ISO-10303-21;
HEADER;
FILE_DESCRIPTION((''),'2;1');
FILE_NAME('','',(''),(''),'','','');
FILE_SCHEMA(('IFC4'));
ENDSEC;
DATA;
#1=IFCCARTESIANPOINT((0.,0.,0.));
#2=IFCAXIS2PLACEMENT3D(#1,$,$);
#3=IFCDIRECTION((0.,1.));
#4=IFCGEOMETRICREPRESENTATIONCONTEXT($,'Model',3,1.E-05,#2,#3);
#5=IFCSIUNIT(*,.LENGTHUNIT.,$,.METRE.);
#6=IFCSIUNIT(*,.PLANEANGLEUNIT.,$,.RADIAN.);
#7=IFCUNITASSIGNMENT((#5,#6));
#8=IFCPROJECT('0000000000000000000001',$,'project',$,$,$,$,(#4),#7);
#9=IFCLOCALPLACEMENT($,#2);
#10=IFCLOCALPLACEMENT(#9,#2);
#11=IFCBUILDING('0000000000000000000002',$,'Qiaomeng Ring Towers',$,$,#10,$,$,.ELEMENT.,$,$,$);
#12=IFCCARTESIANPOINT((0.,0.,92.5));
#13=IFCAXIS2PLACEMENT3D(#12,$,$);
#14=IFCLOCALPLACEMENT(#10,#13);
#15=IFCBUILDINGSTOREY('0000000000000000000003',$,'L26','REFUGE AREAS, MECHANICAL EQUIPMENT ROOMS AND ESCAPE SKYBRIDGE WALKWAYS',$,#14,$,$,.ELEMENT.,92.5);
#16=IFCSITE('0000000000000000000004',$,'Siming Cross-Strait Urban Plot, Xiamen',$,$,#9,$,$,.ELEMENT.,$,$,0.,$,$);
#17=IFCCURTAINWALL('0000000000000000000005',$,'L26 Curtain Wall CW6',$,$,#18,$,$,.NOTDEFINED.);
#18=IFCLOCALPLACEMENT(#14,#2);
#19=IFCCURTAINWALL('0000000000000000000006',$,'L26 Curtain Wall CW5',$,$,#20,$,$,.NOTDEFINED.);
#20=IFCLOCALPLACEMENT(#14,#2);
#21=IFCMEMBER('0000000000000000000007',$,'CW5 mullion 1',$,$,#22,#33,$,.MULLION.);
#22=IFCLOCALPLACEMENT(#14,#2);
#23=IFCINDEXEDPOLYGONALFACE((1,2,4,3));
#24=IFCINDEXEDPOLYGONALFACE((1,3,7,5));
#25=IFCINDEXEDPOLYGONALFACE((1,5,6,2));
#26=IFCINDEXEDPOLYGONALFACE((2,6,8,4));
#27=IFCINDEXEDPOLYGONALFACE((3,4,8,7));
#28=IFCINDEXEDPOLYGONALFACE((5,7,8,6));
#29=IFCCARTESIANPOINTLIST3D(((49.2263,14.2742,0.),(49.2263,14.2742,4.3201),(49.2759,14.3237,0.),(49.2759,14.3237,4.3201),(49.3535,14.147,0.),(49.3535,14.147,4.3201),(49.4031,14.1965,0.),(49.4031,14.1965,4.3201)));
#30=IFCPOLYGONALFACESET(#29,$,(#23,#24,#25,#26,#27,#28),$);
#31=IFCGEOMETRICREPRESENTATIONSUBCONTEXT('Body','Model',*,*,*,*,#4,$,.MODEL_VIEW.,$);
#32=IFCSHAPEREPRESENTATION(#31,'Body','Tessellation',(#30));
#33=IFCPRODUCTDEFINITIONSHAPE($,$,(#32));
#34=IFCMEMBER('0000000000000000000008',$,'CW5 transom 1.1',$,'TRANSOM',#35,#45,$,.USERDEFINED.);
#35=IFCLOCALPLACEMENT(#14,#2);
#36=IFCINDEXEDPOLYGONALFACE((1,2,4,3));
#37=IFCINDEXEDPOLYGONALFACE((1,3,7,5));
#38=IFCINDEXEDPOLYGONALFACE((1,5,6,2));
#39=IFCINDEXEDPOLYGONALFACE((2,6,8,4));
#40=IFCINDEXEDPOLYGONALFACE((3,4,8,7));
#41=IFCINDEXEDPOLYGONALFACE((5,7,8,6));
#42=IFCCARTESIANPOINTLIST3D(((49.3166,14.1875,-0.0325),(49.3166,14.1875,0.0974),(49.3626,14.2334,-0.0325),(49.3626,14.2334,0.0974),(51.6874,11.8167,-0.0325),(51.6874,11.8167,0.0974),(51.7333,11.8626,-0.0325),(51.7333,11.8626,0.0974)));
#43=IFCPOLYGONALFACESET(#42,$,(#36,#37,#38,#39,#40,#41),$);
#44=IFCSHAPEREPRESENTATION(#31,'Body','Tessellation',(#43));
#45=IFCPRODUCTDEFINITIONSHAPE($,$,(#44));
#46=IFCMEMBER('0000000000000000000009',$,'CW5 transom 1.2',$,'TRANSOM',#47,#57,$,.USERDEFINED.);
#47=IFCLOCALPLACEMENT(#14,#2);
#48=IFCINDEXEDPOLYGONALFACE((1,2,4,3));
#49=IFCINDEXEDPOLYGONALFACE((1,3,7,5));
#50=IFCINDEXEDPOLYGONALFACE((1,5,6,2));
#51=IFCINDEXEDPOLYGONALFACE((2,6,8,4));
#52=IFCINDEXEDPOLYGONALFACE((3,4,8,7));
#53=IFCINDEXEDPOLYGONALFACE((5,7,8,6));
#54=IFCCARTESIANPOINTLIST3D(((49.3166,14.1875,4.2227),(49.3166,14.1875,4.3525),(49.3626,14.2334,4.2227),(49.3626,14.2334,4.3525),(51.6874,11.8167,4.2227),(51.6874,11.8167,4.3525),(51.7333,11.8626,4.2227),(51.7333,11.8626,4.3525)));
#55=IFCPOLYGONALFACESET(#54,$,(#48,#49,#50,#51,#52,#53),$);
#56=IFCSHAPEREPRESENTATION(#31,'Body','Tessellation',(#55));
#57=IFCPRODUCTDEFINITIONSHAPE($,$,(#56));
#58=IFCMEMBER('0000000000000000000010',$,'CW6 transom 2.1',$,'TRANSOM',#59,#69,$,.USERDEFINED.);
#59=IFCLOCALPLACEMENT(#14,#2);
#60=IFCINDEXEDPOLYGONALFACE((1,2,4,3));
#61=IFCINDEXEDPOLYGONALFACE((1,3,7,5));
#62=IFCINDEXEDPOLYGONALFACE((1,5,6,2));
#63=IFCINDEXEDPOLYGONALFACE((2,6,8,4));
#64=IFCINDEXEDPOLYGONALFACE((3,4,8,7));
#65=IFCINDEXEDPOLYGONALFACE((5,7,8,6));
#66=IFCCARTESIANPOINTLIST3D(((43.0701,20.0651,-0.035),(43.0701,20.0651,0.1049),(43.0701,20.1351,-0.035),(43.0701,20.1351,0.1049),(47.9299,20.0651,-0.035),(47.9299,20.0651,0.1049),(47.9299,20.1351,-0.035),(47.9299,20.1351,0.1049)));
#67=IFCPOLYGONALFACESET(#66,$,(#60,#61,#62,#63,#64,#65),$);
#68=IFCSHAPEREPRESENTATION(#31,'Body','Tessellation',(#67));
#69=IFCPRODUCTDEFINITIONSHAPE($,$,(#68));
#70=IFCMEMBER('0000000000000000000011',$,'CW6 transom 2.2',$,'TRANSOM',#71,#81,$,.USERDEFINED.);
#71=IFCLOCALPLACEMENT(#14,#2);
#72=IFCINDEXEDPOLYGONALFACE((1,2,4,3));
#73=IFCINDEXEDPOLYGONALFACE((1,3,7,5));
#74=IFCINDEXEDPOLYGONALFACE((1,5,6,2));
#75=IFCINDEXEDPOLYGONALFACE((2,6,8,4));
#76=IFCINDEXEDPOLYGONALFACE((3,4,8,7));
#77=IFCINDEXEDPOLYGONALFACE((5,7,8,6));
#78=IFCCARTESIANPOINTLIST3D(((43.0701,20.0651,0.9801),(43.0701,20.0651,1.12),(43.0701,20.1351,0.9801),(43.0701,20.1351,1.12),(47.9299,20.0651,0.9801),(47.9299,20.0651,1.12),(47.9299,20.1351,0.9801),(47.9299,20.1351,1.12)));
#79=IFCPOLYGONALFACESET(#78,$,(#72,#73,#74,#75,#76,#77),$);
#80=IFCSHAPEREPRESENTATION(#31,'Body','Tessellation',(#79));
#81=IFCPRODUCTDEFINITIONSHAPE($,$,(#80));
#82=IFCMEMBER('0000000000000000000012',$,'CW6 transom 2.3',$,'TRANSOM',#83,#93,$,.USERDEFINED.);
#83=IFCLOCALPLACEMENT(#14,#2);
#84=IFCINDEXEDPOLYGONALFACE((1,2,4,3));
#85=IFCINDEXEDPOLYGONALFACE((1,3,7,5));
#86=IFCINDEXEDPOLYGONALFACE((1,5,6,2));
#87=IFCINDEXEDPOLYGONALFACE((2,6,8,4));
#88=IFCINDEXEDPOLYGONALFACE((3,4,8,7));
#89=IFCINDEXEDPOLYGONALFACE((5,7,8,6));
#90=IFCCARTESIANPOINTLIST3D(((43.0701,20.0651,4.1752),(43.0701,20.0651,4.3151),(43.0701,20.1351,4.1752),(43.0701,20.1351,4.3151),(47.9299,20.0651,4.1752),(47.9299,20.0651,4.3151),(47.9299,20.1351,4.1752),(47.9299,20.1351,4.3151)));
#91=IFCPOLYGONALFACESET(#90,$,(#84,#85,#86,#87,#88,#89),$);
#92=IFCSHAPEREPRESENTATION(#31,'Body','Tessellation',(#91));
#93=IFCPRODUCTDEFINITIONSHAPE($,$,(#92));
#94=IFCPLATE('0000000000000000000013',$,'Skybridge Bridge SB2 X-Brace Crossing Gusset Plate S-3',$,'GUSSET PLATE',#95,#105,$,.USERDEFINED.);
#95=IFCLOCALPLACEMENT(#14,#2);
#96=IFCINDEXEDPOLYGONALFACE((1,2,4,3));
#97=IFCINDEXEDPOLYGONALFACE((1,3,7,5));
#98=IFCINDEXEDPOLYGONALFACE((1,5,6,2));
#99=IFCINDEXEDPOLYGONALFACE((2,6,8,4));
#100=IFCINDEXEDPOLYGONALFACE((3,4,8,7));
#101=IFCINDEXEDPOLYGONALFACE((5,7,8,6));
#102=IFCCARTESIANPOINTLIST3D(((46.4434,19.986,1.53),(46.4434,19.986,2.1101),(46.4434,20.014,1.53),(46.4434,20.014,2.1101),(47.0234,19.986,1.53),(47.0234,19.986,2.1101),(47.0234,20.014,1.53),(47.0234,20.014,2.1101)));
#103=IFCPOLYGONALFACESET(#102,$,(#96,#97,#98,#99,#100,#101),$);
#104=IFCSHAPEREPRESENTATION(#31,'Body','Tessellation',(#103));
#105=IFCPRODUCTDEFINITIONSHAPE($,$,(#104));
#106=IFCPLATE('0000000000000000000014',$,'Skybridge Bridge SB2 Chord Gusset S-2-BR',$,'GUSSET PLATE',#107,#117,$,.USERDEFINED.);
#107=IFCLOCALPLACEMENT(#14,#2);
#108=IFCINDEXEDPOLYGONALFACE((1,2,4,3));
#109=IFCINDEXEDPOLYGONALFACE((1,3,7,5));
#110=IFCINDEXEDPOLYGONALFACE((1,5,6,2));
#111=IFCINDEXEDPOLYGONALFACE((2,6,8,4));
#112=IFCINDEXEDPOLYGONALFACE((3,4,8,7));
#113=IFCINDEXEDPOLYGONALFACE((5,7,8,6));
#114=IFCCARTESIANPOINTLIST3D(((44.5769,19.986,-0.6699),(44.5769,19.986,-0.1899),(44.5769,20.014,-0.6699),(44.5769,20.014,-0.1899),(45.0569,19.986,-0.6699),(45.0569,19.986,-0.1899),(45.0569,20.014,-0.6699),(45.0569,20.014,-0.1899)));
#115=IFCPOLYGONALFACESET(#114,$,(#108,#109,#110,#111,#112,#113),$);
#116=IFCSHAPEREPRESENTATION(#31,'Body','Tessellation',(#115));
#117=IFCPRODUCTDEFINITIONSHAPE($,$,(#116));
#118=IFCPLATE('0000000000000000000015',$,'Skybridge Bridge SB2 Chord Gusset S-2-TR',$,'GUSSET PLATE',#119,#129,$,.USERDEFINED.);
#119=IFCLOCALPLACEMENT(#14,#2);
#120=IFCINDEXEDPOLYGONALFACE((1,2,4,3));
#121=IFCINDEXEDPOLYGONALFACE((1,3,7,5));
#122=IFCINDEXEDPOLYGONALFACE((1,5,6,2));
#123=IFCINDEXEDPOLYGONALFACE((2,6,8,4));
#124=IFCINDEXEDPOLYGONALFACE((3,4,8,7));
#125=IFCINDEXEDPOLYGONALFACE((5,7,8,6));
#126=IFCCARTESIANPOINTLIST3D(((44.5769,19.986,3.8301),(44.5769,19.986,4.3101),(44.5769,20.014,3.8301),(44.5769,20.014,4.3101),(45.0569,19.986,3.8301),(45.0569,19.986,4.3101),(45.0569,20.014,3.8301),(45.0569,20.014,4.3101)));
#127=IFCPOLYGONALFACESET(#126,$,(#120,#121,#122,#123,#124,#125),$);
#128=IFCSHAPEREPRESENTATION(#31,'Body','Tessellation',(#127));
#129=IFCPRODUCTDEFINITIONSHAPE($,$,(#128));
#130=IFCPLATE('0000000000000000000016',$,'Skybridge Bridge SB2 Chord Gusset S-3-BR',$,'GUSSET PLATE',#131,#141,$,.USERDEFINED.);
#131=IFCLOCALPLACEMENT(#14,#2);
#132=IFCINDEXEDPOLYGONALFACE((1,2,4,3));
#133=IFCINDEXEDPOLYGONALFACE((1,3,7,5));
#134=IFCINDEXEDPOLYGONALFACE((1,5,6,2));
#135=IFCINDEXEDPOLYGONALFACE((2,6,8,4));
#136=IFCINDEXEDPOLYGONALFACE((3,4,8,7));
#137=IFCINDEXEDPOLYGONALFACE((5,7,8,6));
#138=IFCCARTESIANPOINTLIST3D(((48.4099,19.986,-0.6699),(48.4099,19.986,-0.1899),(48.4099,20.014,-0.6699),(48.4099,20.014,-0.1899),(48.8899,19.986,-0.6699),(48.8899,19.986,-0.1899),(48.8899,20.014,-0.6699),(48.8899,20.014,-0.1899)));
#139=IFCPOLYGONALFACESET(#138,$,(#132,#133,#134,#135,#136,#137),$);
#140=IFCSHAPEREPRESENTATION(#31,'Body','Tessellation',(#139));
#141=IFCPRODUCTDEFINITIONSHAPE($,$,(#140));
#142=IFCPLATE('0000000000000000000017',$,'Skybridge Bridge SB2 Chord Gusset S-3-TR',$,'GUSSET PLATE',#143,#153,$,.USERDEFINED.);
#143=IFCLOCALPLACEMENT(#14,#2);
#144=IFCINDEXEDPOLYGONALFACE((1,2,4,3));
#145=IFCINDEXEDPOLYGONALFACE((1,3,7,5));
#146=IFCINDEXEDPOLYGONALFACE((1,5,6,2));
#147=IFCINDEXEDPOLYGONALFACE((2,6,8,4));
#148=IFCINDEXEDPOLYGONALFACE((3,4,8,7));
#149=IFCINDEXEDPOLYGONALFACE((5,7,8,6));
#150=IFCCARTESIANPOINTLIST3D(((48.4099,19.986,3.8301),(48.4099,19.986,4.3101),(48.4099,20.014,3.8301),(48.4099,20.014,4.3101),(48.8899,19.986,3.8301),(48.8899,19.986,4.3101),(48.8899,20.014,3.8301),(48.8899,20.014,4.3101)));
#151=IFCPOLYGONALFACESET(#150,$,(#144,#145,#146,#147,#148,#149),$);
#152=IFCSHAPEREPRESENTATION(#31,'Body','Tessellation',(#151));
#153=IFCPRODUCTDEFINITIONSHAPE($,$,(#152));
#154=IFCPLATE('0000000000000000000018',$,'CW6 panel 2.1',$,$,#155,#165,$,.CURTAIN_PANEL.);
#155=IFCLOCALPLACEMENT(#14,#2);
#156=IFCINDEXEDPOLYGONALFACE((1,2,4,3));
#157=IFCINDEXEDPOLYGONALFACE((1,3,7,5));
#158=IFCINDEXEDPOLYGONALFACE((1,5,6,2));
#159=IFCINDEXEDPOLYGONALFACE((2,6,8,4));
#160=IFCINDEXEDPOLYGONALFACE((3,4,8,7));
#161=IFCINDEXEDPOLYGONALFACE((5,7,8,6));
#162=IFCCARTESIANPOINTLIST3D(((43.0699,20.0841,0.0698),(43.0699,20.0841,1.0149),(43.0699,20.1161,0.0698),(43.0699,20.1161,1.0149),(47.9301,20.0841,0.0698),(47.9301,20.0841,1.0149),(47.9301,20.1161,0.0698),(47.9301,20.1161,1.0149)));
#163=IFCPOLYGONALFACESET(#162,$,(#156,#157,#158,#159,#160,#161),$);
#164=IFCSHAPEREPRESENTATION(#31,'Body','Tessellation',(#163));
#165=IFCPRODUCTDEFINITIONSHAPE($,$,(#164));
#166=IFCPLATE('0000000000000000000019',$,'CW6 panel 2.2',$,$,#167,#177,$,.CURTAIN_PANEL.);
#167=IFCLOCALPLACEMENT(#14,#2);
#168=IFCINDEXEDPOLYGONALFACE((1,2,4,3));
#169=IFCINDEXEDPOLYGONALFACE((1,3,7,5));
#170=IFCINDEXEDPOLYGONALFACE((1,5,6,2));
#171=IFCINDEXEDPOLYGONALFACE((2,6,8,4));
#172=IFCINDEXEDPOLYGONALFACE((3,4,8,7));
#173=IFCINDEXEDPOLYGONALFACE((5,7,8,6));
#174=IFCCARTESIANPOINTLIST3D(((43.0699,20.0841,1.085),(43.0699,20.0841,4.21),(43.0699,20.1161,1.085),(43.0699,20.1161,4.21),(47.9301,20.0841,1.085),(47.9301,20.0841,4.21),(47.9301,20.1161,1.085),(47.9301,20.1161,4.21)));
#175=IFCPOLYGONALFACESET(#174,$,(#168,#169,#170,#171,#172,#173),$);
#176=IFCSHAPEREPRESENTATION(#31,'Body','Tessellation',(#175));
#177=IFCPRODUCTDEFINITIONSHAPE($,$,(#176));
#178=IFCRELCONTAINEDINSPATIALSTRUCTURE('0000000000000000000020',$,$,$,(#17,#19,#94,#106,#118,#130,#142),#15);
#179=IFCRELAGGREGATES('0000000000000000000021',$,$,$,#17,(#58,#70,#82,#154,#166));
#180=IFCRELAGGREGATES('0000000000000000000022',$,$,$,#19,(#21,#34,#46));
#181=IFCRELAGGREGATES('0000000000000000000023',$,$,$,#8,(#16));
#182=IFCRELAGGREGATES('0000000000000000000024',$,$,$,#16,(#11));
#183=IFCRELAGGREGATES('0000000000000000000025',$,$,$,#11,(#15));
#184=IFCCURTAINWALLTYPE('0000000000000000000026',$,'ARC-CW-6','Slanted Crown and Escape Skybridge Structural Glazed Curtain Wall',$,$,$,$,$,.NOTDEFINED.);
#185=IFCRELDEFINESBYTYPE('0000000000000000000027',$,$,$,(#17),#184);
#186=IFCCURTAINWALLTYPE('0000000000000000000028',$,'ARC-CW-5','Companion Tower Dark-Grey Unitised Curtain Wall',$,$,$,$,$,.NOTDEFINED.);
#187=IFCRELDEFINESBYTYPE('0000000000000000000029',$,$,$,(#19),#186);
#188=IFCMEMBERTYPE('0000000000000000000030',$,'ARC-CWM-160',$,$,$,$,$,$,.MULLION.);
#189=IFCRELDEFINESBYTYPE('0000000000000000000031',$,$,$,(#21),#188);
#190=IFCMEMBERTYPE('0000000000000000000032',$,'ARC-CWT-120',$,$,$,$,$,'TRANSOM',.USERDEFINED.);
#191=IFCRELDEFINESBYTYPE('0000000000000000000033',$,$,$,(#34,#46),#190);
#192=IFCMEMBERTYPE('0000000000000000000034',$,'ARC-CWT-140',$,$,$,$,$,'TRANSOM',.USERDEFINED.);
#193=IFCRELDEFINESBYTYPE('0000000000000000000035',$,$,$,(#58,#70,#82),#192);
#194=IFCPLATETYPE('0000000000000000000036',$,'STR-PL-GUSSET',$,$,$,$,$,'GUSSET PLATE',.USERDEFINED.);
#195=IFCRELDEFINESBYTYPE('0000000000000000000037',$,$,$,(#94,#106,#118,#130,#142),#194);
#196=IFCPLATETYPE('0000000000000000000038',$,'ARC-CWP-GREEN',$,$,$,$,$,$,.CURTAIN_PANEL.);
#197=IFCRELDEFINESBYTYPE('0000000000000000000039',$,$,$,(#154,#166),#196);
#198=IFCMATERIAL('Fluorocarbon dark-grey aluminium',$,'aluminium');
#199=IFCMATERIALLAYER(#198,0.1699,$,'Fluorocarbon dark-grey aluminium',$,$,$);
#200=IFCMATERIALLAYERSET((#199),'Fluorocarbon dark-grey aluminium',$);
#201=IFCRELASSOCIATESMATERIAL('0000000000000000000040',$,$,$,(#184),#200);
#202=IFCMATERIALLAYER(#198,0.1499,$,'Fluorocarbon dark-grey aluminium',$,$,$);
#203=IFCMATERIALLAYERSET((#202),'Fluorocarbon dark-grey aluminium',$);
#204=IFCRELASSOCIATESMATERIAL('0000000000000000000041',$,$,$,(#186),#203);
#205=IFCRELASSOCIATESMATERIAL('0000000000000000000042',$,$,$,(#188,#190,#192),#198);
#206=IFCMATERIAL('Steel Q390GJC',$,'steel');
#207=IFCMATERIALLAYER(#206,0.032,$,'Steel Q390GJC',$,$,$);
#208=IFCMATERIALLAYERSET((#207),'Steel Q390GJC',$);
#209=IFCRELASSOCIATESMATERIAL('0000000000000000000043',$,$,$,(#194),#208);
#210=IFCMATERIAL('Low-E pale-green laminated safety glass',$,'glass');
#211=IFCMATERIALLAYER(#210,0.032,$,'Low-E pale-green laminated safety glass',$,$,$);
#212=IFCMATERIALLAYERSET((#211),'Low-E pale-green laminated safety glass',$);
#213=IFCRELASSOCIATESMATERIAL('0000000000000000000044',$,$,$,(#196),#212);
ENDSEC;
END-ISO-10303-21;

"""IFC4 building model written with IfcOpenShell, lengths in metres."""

from ifc_helpers import new_model, si_unit, direction, frame, origin, origin_2d, place, context, subcontext, project, spatial, rectangle, extrude, source, transform, mapped, material, layer, layer_set, material_profile, profile_set, type_object, element, aggregate, save


model = new_model("IFC4")

# Units and contexts
model_context = context("Model", 3, precision=1e-05, world=origin(), true_north=direction((0.0, 1.0)))
body_context = subcontext(model_context, "Body", "Model", "MODEL_VIEW")
ifc_project = project(units=[si_unit("LENGTHUNIT", "METRE"), si_unit("PLANEANGLEUNIT", "RADIAN")], contexts=[model_context])

# Site, building, storey
site_placement = place(None, origin())
site = spatial("IfcSite", under=ifc_project, at=site_placement, Name="Siming Cross-Strait Urban Plot, Xiamen", CompositionType="ELEMENT", RefElevation=0.0)
building_placement = place(site_placement, origin())
building = spatial("IfcBuilding", under=site, at=building_placement, Name="Qiaomeng Ring Towers", CompositionType="ELEMENT")
storey_placement = place(building_placement, frame((0.0, 0.0, 92.5)))
storey = spatial("IfcBuildingStorey", under=building, at=storey_placement, Name="L26", Description="REFUGE AREAS, MECHANICAL EQUIPMENT ROOMS AND ESCAPE SKYBRIDGE WALKWAYS", CompositionType="ELEMENT", Elevation=92.5)

# Shared definitions
ifc_material_1 = material(Name="Steel Q390GJC", Category="steel")

# Curtain walls, members
ifc_material_2 = material(Name="Fluorocarbon dark-grey aluminium", Category="aluminium")
ifc_layer_1 = layer(ifc_material_2, 0.1699, Name="Fluorocarbon dark-grey aluminium")
ifc_layer_set_1 = layer_set([ifc_layer_1], Name="Fluorocarbon dark-grey aluminium")
curtain_wall_type_1 = type_object("IfcCurtainWallType", Name="ARC-CW-6", Description="Slanted Crown and Escape Skybridge Structural Glazed Curtain Wall", PredefinedType="NOTDEFINED", material=ifc_layer_set_1)
curtain_wall_1_placement = place(storey_placement, origin())
curtain_wall_1 = element("IfcCurtainWall", 1, at=curtain_wall_1_placement, inside=storey, type_object=curtain_wall_type_1, Name="L26 Curtain Wall CW6", PredefinedType="NOTDEFINED")
ifc_layer_2 = layer(ifc_material_2, 0.1499, Name="Fluorocarbon dark-grey aluminium")
ifc_layer_set_2 = layer_set([ifc_layer_2], Name="Fluorocarbon dark-grey aluminium")
curtain_wall_type_2 = type_object("IfcCurtainWallType", Name="ARC-CW-5", Description="Companion Tower Dark-Grey Unitised Curtain Wall", PredefinedType="NOTDEFINED", material=ifc_layer_set_2)
curtain_wall_2_placement = place(storey_placement, origin())
curtain_wall_2 = element("IfcCurtainWall", 2, at=curtain_wall_2_placement, inside=storey, type_object=curtain_wall_type_2, Name="L26 Curtain Wall CW5", PredefinedType="NOTDEFINED")
ifc_material_profile_1 = material_profile(ifc_material_2, rectangle(XDim=0.0701, YDim=0.1799, at=origin_2d()), Name="ALU MULL 70x180")
ifc_profile_set_1 = profile_set([ifc_material_profile_1], Name="Fluorocarbon dark-grey aluminium")
member_type_1 = type_object("IfcMemberType", Name="ARC-CWM-160", PredefinedType="MULLION", material=ifc_profile_set_1)
shared_shape_1 = source(origin(), body_context, "Body", "SweptSolid", [
    extrude(rectangle(XDim=0.0701, YDim=0.1799, at=origin_2d()), origin(), (0.0, 0.0, 1.0), 4.3201),
])
member_1_placement = place(storey_placement, frame((49.3147, 14.2354, 0.0), z_axis=(0.0, 0.0, 1.0), x_axis=(0.707107, 0.707107, 0.0)))
member_1 = element("IfcMember", 3, at=member_1_placement, type_object=member_type_1, Name="CW5 mullion 1", PredefinedType="MULLION", context=body_context, shape_type="MappedRepresentation", body=[
    mapped(shared_shape_1, transform((0.0, 0.0, 0.0), x_axis=(1.0, 0.0, 0.0), y_axis=(0.0, 1.0, 0.0), z_axis=(0.0, 0.0, 1.0), scale=1.0)),
])
ifc_material_profile_2 = material_profile(ifc_material_2, rectangle(XDim=0.0649, YDim=0.1299, at=origin_2d()), Name="ALU TRAN 65x130")
ifc_profile_set_2 = profile_set([ifc_material_profile_2], Name="Fluorocarbon dark-grey aluminium")
member_type_2 = type_object("IfcMemberType", Name="ARC-CWT-120", ElementType="TRANSOM", PredefinedType="USERDEFINED", material=ifc_profile_set_2)
shared_shape_2 = source(origin(), body_context, "Body", "SweptSolid", [
    extrude(rectangle(XDim=0.0649, YDim=0.1299, at=origin_2d()), origin(), (0.0, 0.0, 1.0), 3.3528),
])
member_2_placement = place(storey_placement, frame((49.3396, 14.2104, 0.0325), z_axis=(0.707107, -0.707107, 0.0), x_axis=(0.707107, 0.707107, 0.0)))
member_2 = element("IfcMember", 4, at=member_2_placement, type_object=member_type_2, Name="CW5 transom 1.1", ObjectType="TRANSOM", PredefinedType="USERDEFINED", context=body_context, shape_type="MappedRepresentation", body=[
    mapped(shared_shape_2, transform((0.0, 0.0, 0.0), x_axis=(1.0, 0.0, 0.0), y_axis=(0.0, 1.0, 0.0), z_axis=(0.0, 0.0, 1.0), scale=1.0)),
])
member_3_placement = place(storey_placement, frame((49.3396, 14.2104, 4.2876), z_axis=(0.707107, -0.707107, 0.0), x_axis=(0.707107, 0.707107, 0.0)))
member_3 = element("IfcMember", 5, at=member_3_placement, type_object=member_type_2, Name="CW5 transom 1.2", ObjectType="TRANSOM", PredefinedType="USERDEFINED", context=body_context, shape_type="MappedRepresentation", body=[
    mapped(shared_shape_2, transform((0.0, 0.0, 0.0), x_axis=(1.0, 0.0, 0.0), y_axis=(0.0, 1.0, 0.0), z_axis=(0.0, 0.0, 1.0), scale=1.0)),
])

# Members
ifc_material_profile_3 = material_profile(ifc_material_2, rectangle(XDim=0.0701, YDim=0.1399, at=origin_2d()), Name="ALU TRAN 70x140")
ifc_profile_set_3 = profile_set([ifc_material_profile_3], Name="Fluorocarbon dark-grey aluminium")
member_type_3 = type_object("IfcMemberType", Name="ARC-CWT-140", ElementType="TRANSOM", PredefinedType="USERDEFINED", material=ifc_profile_set_3)
shared_shape_3 = source(origin(), body_context, "Body", "SweptSolid", [
    extrude(rectangle(XDim=0.0701, YDim=0.1399, at=origin_2d()), origin(), (0.0, 0.0, 1.0), 4.8599),
])
member_4_placement = place(storey_placement, frame((43.0701, 20.1001, 0.0349), z_axis=(1.0, 0.0, 0.0), x_axis=(0.0, 1.0, 0.0)))
member_4 = element("IfcMember", 6, at=member_4_placement, type_object=member_type_3, Name="CW6 transom 2.1", ObjectType="TRANSOM", PredefinedType="USERDEFINED", context=body_context, shape_type="MappedRepresentation", body=[
    mapped(shared_shape_3, transform((0.0, 0.0, 0.0), x_axis=(1.0, 0.0, 0.0), y_axis=(0.0, 1.0, 0.0), z_axis=(0.0, 0.0, 1.0), scale=1.0)),
])
member_5_placement = place(storey_placement, frame((43.0701, 20.1001, 1.05), z_axis=(1.0, 0.0, 0.0), x_axis=(0.0, 1.0, 0.0)))
member_5 = element("IfcMember", 7, at=member_5_placement, type_object=member_type_3, Name="CW6 transom 2.2", ObjectType="TRANSOM", PredefinedType="USERDEFINED", context=body_context, shape_type="MappedRepresentation", body=[
    mapped(shared_shape_3, transform((0.0, 0.0, 0.0), x_axis=(1.0, 0.0, 0.0), y_axis=(0.0, 1.0, 0.0), z_axis=(0.0, 0.0, 1.0), scale=1.0)),
])
member_6_placement = place(storey_placement, frame((43.0701, 20.1001, 4.2451), z_axis=(1.0, 0.0, 0.0), x_axis=(0.0, 1.0, 0.0)))
member_6 = element("IfcMember", 8, at=member_6_placement, type_object=member_type_3, Name="CW6 transom 2.3", ObjectType="TRANSOM", PredefinedType="USERDEFINED", context=body_context, shape_type="MappedRepresentation", body=[
    mapped(shared_shape_3, transform((0.0, 0.0, 0.0), x_axis=(1.0, 0.0, 0.0), y_axis=(0.0, 1.0, 0.0), z_axis=(0.0, 0.0, 1.0), scale=1.0)),
])

# Plates
ifc_layer_3 = layer(ifc_material_1, 0.032, Name="Steel Q390GJC")
ifc_layer_set_3 = layer_set([ifc_layer_3], Name="Steel Q390GJC")
plate_type_1 = type_object("IfcPlateType", Name="STR-PL-GUSSET", ElementType="GUSSET PLATE", PredefinedType="USERDEFINED", material=ifc_layer_set_3)
shared_shape_4 = source(origin(), body_context, "Body", "SweptSolid", [
    extrude(rectangle(XDim=0.5801, YDim=0.0281, at=origin_2d()), origin(), (0.0, 0.0, 1.0), 0.5801),
])
plate_1_placement = place(storey_placement, frame((46.7334, 20.0, 1.53), z_axis=(0.0, 0.0, 1.0), x_axis=(1.0, 0.0, 0.0)))
element("IfcPlate", 9, at=plate_1_placement, inside=storey, type_object=plate_type_1, Name="Skybridge Bridge SB2 X-Brace Crossing Gusset Plate S-3", ObjectType="GUSSET PLATE", PredefinedType="USERDEFINED", context=body_context, shape_type="MappedRepresentation", body=[
    mapped(shared_shape_4, transform((0.0, 0.0, 0.0), x_axis=(1.0, 0.0, 0.0), y_axis=(0.0, 1.0, 0.0), z_axis=(0.0, 0.0, 1.0), scale=1.0)),
])
shared_shape_5 = source(origin(), body_context, "Body", "SweptSolid", [
    extrude(rectangle(XDim=0.48, YDim=0.0281, at=origin_2d()), origin(), (0.0, 0.0, 1.0), 0.48),
])
for number, where, z_axis, x_axis, name in (
    (10, (44.8169, 20.0, -0.6699), (0.0, 0.0, 1.0), (1.0, 0.0, 0.0), "Skybridge Bridge SB2 Chord Gusset S-2-BR"),
    (11, (44.8169, 20.0, 3.8301), (0.0, 0.0, 1.0), (1.0, 0.0, 0.0), "Skybridge Bridge SB2 Chord Gusset S-2-TR"),
    (12, (48.6499, 20.0, -0.6699), (0.0, 0.0, 1.0), (1.0, 0.0, 0.0), "Skybridge Bridge SB2 Chord Gusset S-3-BR"),
    (13, (48.6499, 20.0, 3.8301), (0.0, 0.0, 1.0), (1.0, 0.0, 0.0), "Skybridge Bridge SB2 Chord Gusset S-3-TR"),
):
    element("IfcPlate", number, at=place(storey_placement, frame(where, z_axis=z_axis, x_axis=x_axis)), inside=storey, type_object=plate_type_1, Name=name, ObjectType="GUSSET PLATE", PredefinedType="USERDEFINED", context=body_context, shape_type="MappedRepresentation", body=[
        mapped(shared_shape_5, transform((0.0, 0.0, 0.0), x_axis=(1.0, 0.0, 0.0), y_axis=(0.0, 1.0, 0.0), z_axis=(0.0, 0.0, 1.0), scale=1.0)),
    ])

# Plates
ifc_material_3 = material(Name="Low-E pale-green laminated safety glass", Category="glass")
ifc_layer_4 = layer(ifc_material_3, 0.032, Name="Low-E pale-green laminated safety glass")
ifc_layer_set_4 = layer_set([ifc_layer_4], Name="Low-E pale-green laminated safety glass")
plate_type_2 = type_object("IfcPlateType", Name="ARC-CWP-GREEN", PredefinedType="CURTAIN_PANEL", material=ifc_layer_set_4)
shared_shape_6 = source(origin(), body_context, "Body", "SweptSolid", [
    extrude(rectangle(XDim=4.8601, YDim=0.032, at=origin_2d()), origin(), (0.0, 0.0, 1.0), 0.9451),
])
plate_2_placement = place(storey_placement, frame((45.5, 20.1001, 0.0698), z_axis=(0.0, 0.0, 1.0), x_axis=(1.0, 0.0, 0.0)))
plate_2 = element("IfcPlate", 14, at=plate_2_placement, type_object=plate_type_2, Name="CW6 panel 2.1", PredefinedType="CURTAIN_PANEL", context=body_context, shape_type="MappedRepresentation", body=[
    mapped(shared_shape_6, transform((0.0, 0.0, 0.0), x_axis=(1.0, 0.0, 0.0), y_axis=(0.0, 1.0, 0.0), z_axis=(0.0, 0.0, 1.0), scale=1.0)),
])
shared_shape_7 = source(origin(), body_context, "Body", "SweptSolid", [
    extrude(rectangle(XDim=4.8601, YDim=0.032, at=origin_2d()), origin(), (0.0, 0.0, 1.0), 3.125),
])
plate_3_placement = place(storey_placement, frame((45.5, 20.1001, 1.085), z_axis=(0.0, 0.0, 1.0), x_axis=(1.0, 0.0, 0.0)))
plate_3 = element("IfcPlate", 15, at=plate_3_placement, type_object=plate_type_2, Name="CW6 panel 2.2", PredefinedType="CURTAIN_PANEL", context=body_context, shape_type="MappedRepresentation", body=[
    mapped(shared_shape_7, transform((0.0, 0.0, 0.0), x_axis=(1.0, 0.0, 0.0), y_axis=(0.0, 1.0, 0.0), z_axis=(0.0, 0.0, 1.0), scale=1.0)),
])
aggregate(curtain_wall_1, [member_4, member_5, member_6, plate_2, plate_3])
aggregate(curtain_wall_2, [member_1, member_2, member_3])

save(model, "model.ifc")
